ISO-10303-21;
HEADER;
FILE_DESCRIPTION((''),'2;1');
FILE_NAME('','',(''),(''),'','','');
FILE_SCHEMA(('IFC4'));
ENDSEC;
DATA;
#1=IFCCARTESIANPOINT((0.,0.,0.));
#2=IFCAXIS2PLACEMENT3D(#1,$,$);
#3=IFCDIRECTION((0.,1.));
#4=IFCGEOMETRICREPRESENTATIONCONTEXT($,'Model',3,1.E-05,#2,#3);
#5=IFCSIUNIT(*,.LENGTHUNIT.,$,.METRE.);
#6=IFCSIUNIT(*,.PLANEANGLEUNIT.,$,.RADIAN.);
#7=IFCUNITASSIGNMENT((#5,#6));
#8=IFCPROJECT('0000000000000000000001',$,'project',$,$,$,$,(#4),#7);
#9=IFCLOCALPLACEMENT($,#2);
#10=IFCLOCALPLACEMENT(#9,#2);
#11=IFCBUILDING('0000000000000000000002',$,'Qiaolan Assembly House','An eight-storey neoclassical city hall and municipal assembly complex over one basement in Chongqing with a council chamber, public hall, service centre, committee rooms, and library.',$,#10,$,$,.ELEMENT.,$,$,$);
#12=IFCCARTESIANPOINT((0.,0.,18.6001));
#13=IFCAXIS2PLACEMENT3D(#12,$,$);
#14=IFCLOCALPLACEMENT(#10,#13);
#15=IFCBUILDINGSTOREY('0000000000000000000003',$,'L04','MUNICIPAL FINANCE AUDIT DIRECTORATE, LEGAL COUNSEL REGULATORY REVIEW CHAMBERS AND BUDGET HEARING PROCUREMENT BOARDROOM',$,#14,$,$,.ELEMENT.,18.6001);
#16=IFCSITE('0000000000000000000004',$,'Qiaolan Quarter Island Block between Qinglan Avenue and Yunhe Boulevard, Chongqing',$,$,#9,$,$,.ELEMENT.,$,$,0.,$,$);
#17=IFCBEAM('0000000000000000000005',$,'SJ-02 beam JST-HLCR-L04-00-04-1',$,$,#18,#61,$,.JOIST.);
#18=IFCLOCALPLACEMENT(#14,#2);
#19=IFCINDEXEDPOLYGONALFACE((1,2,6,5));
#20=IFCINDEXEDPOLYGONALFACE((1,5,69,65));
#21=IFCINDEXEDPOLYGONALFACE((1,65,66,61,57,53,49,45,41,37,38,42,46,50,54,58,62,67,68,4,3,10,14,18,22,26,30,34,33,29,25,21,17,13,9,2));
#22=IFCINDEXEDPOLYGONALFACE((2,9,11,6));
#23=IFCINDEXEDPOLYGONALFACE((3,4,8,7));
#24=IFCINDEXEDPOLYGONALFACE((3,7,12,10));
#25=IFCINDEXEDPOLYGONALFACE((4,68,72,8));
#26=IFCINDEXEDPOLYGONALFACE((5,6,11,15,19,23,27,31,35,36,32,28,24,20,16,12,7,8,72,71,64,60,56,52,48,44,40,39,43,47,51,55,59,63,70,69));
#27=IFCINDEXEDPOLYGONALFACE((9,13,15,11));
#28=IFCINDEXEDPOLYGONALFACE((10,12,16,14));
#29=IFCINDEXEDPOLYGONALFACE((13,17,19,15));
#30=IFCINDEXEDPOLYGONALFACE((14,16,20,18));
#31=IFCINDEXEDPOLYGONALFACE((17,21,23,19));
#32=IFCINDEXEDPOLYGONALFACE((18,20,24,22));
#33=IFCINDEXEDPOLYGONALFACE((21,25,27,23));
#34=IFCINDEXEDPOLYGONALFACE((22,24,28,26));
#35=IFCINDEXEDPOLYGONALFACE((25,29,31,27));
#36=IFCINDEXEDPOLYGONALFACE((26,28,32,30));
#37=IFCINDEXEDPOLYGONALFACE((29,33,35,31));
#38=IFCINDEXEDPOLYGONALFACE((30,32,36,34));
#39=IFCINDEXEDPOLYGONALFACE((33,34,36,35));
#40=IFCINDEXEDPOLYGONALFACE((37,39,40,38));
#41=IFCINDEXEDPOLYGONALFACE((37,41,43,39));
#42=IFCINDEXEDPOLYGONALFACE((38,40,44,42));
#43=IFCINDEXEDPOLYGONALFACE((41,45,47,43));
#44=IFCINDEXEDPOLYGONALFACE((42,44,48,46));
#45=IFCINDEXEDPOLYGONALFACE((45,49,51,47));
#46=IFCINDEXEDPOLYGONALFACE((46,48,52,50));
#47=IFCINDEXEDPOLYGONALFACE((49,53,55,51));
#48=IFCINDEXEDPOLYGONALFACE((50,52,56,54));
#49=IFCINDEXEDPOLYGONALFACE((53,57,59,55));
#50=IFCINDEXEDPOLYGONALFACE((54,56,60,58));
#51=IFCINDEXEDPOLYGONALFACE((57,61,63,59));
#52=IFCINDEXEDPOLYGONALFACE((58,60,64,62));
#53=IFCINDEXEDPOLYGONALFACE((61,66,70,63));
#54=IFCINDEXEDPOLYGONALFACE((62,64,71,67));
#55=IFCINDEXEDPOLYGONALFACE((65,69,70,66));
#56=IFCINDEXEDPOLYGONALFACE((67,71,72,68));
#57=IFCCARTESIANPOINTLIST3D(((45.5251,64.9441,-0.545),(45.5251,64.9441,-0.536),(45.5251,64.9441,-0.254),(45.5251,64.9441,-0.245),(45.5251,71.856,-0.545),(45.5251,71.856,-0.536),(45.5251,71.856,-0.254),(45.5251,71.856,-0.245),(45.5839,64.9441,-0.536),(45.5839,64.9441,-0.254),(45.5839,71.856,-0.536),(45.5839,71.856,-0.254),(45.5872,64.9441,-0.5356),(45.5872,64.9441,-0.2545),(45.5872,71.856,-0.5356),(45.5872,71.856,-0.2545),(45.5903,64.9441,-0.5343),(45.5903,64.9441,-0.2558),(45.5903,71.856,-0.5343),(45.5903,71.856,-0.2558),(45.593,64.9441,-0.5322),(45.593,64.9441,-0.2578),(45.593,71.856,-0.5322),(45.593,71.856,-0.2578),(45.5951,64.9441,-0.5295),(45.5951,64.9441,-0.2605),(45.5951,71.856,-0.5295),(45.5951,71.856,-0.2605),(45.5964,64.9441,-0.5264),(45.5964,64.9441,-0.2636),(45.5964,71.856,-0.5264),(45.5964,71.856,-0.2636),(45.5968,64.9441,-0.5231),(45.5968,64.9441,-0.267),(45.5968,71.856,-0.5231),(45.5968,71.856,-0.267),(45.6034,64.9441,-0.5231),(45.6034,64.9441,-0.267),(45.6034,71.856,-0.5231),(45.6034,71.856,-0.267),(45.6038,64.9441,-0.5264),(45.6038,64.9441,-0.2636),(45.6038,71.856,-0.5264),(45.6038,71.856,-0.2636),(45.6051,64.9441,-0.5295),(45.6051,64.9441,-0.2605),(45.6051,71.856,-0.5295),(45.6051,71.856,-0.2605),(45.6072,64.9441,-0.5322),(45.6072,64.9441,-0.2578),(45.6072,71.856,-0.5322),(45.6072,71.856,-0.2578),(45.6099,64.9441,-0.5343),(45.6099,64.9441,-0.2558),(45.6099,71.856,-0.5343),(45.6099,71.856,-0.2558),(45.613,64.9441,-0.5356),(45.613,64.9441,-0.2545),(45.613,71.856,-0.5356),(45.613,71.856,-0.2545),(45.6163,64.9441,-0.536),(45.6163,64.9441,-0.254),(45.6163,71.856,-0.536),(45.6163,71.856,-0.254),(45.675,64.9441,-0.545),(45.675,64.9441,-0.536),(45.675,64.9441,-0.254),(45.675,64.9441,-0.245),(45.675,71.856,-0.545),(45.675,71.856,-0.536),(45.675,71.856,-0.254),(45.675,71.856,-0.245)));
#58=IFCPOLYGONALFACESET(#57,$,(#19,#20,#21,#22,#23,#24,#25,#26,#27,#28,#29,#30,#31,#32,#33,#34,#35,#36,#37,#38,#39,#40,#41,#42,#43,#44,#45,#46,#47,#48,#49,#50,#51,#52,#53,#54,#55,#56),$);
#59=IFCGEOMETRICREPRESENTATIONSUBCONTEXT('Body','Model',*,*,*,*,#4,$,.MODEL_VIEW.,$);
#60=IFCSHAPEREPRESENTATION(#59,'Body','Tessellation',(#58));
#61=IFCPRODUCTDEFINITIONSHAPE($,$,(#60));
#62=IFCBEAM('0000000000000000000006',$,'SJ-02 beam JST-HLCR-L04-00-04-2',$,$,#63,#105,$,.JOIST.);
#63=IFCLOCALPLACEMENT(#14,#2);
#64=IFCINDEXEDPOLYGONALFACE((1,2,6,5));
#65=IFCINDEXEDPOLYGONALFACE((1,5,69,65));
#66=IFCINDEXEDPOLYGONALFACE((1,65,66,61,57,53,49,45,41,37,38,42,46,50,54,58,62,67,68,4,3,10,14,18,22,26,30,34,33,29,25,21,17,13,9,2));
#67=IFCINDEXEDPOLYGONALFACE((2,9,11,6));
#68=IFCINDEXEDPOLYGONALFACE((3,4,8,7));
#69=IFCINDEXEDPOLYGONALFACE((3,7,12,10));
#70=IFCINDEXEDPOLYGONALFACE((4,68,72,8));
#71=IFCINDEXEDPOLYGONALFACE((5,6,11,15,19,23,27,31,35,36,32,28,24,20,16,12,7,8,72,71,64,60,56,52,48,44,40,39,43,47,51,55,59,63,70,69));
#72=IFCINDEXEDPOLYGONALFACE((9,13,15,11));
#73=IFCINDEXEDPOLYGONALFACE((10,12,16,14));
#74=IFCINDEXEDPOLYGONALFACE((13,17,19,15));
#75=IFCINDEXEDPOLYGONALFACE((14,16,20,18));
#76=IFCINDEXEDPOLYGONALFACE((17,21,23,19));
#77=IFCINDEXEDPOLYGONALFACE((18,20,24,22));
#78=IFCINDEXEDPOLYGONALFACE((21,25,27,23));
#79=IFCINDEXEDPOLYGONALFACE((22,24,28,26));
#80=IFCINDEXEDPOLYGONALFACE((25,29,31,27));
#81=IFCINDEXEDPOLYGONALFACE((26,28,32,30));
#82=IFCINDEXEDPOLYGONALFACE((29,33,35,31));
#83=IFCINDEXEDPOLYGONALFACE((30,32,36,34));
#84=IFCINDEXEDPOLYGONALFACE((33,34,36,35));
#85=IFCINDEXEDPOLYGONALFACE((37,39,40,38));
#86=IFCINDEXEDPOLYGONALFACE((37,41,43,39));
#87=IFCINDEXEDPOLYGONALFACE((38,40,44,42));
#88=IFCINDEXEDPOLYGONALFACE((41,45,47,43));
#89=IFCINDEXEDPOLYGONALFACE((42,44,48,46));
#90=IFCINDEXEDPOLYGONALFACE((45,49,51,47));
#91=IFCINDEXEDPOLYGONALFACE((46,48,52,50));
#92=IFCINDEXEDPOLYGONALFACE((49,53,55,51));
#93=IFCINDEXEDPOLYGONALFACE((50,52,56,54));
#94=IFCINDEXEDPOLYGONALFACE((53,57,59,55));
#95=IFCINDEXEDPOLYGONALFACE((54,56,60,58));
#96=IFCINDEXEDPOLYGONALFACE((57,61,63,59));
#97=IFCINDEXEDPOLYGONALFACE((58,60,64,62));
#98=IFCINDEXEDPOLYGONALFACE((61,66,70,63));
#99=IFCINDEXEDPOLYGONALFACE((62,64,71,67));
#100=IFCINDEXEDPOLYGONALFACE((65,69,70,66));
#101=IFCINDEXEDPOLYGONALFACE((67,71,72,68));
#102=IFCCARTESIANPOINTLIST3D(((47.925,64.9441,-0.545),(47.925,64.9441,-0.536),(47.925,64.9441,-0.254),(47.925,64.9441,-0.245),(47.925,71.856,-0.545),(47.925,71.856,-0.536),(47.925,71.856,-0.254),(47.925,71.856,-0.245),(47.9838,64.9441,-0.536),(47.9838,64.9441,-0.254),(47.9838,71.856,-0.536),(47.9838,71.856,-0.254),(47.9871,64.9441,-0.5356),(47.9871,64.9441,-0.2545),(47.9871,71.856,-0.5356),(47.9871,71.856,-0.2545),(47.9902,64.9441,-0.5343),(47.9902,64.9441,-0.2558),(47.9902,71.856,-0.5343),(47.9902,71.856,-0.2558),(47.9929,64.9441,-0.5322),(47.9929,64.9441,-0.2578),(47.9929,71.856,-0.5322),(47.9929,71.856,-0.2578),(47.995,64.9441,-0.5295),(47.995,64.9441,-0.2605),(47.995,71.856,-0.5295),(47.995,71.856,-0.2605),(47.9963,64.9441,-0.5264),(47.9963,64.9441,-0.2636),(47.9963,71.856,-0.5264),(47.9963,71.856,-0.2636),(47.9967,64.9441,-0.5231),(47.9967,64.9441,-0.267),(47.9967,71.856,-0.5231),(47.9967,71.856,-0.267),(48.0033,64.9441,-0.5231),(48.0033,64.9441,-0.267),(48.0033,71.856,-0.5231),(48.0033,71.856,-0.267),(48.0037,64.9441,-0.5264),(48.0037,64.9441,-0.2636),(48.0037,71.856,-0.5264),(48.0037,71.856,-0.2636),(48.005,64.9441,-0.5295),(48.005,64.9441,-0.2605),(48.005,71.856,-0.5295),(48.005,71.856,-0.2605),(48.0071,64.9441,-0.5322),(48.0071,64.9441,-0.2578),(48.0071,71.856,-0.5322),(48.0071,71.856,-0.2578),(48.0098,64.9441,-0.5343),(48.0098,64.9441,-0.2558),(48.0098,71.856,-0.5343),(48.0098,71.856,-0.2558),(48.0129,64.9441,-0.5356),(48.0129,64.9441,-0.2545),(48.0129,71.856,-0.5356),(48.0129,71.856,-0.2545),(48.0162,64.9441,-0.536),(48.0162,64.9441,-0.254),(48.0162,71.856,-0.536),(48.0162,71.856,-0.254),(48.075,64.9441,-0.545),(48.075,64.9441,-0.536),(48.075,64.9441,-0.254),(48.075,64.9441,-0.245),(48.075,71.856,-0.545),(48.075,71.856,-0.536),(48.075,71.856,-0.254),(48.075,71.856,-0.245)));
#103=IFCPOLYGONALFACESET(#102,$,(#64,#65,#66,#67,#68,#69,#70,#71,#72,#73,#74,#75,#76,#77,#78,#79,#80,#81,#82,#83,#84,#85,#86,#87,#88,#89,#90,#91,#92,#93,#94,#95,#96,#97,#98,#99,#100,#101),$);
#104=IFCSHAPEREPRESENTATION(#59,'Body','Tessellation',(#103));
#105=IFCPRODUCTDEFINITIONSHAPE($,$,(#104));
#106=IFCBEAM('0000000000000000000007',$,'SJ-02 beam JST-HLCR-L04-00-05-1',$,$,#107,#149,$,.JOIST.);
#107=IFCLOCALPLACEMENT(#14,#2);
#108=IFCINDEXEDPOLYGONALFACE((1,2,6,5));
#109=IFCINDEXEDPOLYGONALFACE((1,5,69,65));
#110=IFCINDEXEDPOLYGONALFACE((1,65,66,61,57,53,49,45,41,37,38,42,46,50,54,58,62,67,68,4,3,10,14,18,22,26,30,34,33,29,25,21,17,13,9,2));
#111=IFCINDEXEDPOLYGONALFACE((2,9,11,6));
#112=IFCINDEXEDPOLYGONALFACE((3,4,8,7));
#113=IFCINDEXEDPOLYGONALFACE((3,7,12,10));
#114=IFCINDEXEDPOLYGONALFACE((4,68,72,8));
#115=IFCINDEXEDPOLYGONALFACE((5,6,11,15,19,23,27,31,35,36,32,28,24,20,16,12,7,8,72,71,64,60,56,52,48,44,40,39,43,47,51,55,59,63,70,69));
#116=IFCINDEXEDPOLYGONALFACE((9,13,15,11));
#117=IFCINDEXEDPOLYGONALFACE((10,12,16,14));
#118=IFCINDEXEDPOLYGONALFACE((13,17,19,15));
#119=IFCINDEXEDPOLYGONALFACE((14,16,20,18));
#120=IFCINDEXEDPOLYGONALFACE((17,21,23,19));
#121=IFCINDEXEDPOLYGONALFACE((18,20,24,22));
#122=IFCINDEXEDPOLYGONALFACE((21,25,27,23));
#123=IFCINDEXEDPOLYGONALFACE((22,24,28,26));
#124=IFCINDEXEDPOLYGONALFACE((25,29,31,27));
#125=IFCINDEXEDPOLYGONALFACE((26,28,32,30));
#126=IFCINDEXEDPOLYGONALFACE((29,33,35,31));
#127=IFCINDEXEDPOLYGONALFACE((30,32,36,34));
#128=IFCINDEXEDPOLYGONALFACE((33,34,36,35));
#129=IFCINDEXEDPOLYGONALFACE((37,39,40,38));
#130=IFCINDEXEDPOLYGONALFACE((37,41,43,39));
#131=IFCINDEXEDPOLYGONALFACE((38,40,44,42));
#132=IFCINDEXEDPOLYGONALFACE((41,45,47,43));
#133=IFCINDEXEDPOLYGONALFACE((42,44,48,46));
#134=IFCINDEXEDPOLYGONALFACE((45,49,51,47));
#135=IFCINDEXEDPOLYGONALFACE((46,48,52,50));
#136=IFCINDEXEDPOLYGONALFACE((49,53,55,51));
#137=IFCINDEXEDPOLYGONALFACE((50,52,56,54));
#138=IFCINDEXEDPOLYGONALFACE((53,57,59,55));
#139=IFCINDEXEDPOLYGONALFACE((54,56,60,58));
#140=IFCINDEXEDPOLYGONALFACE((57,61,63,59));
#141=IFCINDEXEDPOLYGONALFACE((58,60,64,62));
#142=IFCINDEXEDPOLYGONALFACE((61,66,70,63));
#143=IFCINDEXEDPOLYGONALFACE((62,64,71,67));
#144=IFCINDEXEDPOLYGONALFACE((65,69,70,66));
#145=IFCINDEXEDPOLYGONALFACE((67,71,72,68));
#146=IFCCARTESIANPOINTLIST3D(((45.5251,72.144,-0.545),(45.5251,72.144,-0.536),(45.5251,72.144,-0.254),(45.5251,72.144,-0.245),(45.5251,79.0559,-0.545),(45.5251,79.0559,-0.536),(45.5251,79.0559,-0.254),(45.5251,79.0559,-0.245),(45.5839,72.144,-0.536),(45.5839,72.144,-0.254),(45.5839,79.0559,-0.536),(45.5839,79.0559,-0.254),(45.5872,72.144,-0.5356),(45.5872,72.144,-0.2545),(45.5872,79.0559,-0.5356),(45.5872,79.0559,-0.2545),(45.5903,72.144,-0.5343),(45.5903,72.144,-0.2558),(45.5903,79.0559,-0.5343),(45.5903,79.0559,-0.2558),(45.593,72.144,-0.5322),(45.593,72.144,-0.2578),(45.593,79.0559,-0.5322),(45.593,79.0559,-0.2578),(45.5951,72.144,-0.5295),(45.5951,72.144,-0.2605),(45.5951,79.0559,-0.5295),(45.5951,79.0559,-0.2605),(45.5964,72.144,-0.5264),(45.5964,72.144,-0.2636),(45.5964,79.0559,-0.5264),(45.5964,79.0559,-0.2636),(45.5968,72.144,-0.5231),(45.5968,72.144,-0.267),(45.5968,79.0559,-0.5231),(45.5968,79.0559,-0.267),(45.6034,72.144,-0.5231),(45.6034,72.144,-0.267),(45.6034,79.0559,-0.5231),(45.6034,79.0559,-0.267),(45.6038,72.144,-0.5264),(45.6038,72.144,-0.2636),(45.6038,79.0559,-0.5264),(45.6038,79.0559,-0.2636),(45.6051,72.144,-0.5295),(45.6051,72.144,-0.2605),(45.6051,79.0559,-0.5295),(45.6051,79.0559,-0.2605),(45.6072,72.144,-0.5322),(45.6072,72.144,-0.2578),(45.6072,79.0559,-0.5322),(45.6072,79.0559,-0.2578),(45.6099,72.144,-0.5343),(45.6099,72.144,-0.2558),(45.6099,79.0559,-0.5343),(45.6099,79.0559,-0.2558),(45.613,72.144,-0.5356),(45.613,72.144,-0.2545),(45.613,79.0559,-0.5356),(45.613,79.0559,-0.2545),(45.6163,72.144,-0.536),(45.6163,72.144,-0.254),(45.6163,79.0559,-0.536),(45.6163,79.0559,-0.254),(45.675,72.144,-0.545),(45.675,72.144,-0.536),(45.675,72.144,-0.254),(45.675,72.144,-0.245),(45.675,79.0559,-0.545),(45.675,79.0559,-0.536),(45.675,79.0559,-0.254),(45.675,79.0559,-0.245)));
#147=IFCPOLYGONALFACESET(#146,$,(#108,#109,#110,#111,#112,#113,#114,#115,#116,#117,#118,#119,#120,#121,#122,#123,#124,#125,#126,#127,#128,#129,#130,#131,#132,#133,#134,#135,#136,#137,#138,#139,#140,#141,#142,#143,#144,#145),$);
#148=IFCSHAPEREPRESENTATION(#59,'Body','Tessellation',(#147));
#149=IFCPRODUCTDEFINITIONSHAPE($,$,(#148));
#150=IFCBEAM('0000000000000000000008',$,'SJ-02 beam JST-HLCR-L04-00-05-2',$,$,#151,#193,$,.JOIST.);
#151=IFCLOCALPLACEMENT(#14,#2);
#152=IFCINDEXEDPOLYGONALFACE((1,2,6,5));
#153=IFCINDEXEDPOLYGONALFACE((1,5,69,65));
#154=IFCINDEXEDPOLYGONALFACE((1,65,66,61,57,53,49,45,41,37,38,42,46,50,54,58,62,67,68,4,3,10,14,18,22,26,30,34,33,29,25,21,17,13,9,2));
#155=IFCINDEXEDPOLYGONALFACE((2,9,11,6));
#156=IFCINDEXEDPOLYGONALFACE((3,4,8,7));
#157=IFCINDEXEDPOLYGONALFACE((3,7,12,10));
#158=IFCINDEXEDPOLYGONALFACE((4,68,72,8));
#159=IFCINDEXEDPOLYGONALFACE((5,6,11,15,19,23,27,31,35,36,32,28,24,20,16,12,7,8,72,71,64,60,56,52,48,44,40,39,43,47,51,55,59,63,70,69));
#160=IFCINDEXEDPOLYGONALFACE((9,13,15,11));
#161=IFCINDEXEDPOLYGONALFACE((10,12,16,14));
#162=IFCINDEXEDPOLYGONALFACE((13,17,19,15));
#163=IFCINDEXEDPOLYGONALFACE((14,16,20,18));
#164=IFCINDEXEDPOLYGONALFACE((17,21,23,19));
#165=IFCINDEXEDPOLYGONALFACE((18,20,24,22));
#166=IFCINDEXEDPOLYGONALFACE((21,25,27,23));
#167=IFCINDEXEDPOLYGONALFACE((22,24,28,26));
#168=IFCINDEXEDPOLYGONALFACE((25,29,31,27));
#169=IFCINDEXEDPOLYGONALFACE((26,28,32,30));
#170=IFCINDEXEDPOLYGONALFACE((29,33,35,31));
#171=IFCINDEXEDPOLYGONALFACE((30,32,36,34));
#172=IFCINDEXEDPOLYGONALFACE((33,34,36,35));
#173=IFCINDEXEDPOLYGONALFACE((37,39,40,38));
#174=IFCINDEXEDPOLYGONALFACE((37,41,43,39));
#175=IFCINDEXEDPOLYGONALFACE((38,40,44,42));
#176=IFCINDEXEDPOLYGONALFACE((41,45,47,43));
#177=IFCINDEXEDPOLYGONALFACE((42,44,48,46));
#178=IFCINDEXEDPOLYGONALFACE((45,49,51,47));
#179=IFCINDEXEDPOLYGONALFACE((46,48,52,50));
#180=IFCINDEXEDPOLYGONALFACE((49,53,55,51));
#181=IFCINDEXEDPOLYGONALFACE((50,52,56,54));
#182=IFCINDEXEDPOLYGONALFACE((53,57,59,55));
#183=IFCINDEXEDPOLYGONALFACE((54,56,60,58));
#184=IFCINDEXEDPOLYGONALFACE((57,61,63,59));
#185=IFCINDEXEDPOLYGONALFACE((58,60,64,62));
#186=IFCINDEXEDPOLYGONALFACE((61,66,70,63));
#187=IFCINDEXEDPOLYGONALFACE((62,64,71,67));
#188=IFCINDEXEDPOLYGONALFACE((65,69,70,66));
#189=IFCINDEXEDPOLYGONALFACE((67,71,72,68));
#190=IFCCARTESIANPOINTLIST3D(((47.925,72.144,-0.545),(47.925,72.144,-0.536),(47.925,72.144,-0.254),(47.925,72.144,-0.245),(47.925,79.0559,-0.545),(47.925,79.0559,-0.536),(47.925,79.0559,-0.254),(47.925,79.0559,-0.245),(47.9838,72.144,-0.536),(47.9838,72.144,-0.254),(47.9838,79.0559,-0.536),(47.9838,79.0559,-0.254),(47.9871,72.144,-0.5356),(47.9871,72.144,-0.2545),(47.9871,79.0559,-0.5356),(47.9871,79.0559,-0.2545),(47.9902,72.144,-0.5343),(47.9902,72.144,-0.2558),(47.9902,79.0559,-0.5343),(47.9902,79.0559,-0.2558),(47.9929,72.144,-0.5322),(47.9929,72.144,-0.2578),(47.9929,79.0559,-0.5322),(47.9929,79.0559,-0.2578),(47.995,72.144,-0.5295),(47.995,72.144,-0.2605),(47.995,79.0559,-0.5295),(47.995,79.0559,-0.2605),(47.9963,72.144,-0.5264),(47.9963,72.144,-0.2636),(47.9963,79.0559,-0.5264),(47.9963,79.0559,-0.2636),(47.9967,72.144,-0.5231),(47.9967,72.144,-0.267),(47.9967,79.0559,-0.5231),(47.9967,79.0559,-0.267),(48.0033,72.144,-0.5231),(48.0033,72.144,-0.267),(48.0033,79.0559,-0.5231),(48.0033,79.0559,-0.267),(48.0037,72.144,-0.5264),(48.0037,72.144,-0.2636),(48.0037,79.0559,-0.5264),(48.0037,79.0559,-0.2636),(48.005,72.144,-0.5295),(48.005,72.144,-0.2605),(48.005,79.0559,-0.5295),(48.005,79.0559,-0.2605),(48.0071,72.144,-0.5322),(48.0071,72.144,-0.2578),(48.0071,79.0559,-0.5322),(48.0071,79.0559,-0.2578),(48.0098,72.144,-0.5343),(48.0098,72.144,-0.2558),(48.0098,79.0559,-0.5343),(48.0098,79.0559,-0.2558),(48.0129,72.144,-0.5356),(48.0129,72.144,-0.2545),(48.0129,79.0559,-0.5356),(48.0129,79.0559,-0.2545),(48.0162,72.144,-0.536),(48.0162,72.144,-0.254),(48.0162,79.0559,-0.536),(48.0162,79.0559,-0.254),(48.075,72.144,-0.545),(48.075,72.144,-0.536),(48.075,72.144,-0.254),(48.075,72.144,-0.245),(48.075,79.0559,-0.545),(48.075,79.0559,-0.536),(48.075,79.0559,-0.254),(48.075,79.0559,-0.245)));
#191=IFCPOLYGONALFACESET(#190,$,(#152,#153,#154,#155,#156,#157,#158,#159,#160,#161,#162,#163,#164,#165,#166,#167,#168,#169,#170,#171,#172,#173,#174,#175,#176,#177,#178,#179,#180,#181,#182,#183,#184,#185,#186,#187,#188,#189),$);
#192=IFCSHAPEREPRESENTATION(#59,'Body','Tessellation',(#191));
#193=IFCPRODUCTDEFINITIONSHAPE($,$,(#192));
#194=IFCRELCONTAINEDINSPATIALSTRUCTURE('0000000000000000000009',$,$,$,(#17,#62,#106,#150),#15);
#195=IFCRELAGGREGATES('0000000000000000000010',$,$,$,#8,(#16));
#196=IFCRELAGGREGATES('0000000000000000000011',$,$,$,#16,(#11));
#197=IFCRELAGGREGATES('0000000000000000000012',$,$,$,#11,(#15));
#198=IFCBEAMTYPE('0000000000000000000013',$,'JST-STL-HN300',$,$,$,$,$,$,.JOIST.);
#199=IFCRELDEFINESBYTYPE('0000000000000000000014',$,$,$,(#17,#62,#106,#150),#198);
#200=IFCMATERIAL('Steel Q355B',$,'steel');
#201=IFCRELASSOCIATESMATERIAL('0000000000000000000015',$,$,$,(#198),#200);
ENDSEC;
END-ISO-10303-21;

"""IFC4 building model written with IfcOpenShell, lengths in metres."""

from ifc_helpers import new_model, si_unit, direction, frame, origin, origin_2d, place, context, subcontext, project, spatial, i_section, extrude, material, material_profile, profile_set, type_object, element, save


model = new_model("IFC4")

# Units and contexts
model_context = context("Model", 3, precision=1e-05, world=origin(), true_north=direction((0.0, 1.0)))
body_context = subcontext(model_context, "Body", "Model", "MODEL_VIEW")
ifc_project = project(units=[si_unit("LENGTHUNIT", "METRE"), si_unit("PLANEANGLEUNIT", "RADIAN")], contexts=[model_context])

# Site, building, storey
site_placement = place(None, origin())
site = spatial("IfcSite", under=ifc_project, at=site_placement, Name="Qiaolan Quarter Island Block between Qinglan Avenue and Yunhe Boulevard, Chongqing", CompositionType="ELEMENT", RefElevation=0.0)
building_placement = place(site_placement, origin())
building = spatial("IfcBuilding", under=site, at=building_placement, Name="Qiaolan Assembly House", Description="An eight-storey neoclassical city hall and municipal assembly complex over one basement in Chongqing with a council chamber, public hall, service centre, committee rooms, and library.", CompositionType="ELEMENT")
storey_placement = place(building_placement, frame((0.0, 0.0, 18.6001)))
storey = spatial("IfcBuildingStorey", under=building, at=storey_placement, Name="L04", Description="MUNICIPAL FINANCE AUDIT DIRECTORATE, LEGAL COUNSEL REGULATORY REVIEW CHAMBERS AND BUDGET HEARING PROCUREMENT BOARDROOM", CompositionType="ELEMENT", Elevation=18.6001)

# Beams
ifc_material_1 = material(Name="Steel Q355B", Category="steel")
ifc_material_profile_1 = material_profile(ifc_material_1, i_section(OverallWidth=0.1499, OverallDepth=0.3, WebThickness=0.0066, FlangeThickness=0.009, FilletRadius=0.0129, at=origin_2d()), Name="HN 300x150x6.5x9")
ifc_profile_set_1 = profile_set([ifc_material_profile_1], Name="Steel Q355B")
beam_type_1 = type_object("IfcBeamType", Name="JST-STL-HN300", PredefinedType="JOIST", material=ifc_profile_set_1)
for number, where, z_axis, x_axis, name in (
    (1, (45.6001, 64.9441, -0.395), (0.0, 1.0, 0.0), (-1.0, 0.0, 0.0), "SJ-02 beam JST-HLCR-L04-00-04-1"),
    (2, (48.0, 64.9441, -0.395), (0.0, 1.0, 0.0), (-1.0, 0.0, 0.0), "SJ-02 beam JST-HLCR-L04-00-04-2"),
    (3, (45.6001, 72.144, -0.395), (0.0, 1.0, 0.0), (-1.0, 0.0, 0.0), "SJ-02 beam JST-HLCR-L04-00-05-1"),
    (4, (48.0, 72.144, -0.395), (0.0, 1.0, 0.0), (-1.0, 0.0, 0.0), "SJ-02 beam JST-HLCR-L04-00-05-2"),
):
    element("IfcBeam", number, at=place(storey_placement, frame(where, z_axis=z_axis, x_axis=x_axis)), inside=storey, type_object=beam_type_1, Name=name, PredefinedType="JOIST", context=body_context, shape_type="SweptSolid", body=[
        extrude(i_section(OverallWidth=0.1499, OverallDepth=0.3, WebThickness=0.0066, FlangeThickness=0.009, FilletRadius=0.0129, at=origin_2d()), origin(), (0.0, 0.0, 1.0), 6.9119),
    ])

save(model, "model.ifc")
